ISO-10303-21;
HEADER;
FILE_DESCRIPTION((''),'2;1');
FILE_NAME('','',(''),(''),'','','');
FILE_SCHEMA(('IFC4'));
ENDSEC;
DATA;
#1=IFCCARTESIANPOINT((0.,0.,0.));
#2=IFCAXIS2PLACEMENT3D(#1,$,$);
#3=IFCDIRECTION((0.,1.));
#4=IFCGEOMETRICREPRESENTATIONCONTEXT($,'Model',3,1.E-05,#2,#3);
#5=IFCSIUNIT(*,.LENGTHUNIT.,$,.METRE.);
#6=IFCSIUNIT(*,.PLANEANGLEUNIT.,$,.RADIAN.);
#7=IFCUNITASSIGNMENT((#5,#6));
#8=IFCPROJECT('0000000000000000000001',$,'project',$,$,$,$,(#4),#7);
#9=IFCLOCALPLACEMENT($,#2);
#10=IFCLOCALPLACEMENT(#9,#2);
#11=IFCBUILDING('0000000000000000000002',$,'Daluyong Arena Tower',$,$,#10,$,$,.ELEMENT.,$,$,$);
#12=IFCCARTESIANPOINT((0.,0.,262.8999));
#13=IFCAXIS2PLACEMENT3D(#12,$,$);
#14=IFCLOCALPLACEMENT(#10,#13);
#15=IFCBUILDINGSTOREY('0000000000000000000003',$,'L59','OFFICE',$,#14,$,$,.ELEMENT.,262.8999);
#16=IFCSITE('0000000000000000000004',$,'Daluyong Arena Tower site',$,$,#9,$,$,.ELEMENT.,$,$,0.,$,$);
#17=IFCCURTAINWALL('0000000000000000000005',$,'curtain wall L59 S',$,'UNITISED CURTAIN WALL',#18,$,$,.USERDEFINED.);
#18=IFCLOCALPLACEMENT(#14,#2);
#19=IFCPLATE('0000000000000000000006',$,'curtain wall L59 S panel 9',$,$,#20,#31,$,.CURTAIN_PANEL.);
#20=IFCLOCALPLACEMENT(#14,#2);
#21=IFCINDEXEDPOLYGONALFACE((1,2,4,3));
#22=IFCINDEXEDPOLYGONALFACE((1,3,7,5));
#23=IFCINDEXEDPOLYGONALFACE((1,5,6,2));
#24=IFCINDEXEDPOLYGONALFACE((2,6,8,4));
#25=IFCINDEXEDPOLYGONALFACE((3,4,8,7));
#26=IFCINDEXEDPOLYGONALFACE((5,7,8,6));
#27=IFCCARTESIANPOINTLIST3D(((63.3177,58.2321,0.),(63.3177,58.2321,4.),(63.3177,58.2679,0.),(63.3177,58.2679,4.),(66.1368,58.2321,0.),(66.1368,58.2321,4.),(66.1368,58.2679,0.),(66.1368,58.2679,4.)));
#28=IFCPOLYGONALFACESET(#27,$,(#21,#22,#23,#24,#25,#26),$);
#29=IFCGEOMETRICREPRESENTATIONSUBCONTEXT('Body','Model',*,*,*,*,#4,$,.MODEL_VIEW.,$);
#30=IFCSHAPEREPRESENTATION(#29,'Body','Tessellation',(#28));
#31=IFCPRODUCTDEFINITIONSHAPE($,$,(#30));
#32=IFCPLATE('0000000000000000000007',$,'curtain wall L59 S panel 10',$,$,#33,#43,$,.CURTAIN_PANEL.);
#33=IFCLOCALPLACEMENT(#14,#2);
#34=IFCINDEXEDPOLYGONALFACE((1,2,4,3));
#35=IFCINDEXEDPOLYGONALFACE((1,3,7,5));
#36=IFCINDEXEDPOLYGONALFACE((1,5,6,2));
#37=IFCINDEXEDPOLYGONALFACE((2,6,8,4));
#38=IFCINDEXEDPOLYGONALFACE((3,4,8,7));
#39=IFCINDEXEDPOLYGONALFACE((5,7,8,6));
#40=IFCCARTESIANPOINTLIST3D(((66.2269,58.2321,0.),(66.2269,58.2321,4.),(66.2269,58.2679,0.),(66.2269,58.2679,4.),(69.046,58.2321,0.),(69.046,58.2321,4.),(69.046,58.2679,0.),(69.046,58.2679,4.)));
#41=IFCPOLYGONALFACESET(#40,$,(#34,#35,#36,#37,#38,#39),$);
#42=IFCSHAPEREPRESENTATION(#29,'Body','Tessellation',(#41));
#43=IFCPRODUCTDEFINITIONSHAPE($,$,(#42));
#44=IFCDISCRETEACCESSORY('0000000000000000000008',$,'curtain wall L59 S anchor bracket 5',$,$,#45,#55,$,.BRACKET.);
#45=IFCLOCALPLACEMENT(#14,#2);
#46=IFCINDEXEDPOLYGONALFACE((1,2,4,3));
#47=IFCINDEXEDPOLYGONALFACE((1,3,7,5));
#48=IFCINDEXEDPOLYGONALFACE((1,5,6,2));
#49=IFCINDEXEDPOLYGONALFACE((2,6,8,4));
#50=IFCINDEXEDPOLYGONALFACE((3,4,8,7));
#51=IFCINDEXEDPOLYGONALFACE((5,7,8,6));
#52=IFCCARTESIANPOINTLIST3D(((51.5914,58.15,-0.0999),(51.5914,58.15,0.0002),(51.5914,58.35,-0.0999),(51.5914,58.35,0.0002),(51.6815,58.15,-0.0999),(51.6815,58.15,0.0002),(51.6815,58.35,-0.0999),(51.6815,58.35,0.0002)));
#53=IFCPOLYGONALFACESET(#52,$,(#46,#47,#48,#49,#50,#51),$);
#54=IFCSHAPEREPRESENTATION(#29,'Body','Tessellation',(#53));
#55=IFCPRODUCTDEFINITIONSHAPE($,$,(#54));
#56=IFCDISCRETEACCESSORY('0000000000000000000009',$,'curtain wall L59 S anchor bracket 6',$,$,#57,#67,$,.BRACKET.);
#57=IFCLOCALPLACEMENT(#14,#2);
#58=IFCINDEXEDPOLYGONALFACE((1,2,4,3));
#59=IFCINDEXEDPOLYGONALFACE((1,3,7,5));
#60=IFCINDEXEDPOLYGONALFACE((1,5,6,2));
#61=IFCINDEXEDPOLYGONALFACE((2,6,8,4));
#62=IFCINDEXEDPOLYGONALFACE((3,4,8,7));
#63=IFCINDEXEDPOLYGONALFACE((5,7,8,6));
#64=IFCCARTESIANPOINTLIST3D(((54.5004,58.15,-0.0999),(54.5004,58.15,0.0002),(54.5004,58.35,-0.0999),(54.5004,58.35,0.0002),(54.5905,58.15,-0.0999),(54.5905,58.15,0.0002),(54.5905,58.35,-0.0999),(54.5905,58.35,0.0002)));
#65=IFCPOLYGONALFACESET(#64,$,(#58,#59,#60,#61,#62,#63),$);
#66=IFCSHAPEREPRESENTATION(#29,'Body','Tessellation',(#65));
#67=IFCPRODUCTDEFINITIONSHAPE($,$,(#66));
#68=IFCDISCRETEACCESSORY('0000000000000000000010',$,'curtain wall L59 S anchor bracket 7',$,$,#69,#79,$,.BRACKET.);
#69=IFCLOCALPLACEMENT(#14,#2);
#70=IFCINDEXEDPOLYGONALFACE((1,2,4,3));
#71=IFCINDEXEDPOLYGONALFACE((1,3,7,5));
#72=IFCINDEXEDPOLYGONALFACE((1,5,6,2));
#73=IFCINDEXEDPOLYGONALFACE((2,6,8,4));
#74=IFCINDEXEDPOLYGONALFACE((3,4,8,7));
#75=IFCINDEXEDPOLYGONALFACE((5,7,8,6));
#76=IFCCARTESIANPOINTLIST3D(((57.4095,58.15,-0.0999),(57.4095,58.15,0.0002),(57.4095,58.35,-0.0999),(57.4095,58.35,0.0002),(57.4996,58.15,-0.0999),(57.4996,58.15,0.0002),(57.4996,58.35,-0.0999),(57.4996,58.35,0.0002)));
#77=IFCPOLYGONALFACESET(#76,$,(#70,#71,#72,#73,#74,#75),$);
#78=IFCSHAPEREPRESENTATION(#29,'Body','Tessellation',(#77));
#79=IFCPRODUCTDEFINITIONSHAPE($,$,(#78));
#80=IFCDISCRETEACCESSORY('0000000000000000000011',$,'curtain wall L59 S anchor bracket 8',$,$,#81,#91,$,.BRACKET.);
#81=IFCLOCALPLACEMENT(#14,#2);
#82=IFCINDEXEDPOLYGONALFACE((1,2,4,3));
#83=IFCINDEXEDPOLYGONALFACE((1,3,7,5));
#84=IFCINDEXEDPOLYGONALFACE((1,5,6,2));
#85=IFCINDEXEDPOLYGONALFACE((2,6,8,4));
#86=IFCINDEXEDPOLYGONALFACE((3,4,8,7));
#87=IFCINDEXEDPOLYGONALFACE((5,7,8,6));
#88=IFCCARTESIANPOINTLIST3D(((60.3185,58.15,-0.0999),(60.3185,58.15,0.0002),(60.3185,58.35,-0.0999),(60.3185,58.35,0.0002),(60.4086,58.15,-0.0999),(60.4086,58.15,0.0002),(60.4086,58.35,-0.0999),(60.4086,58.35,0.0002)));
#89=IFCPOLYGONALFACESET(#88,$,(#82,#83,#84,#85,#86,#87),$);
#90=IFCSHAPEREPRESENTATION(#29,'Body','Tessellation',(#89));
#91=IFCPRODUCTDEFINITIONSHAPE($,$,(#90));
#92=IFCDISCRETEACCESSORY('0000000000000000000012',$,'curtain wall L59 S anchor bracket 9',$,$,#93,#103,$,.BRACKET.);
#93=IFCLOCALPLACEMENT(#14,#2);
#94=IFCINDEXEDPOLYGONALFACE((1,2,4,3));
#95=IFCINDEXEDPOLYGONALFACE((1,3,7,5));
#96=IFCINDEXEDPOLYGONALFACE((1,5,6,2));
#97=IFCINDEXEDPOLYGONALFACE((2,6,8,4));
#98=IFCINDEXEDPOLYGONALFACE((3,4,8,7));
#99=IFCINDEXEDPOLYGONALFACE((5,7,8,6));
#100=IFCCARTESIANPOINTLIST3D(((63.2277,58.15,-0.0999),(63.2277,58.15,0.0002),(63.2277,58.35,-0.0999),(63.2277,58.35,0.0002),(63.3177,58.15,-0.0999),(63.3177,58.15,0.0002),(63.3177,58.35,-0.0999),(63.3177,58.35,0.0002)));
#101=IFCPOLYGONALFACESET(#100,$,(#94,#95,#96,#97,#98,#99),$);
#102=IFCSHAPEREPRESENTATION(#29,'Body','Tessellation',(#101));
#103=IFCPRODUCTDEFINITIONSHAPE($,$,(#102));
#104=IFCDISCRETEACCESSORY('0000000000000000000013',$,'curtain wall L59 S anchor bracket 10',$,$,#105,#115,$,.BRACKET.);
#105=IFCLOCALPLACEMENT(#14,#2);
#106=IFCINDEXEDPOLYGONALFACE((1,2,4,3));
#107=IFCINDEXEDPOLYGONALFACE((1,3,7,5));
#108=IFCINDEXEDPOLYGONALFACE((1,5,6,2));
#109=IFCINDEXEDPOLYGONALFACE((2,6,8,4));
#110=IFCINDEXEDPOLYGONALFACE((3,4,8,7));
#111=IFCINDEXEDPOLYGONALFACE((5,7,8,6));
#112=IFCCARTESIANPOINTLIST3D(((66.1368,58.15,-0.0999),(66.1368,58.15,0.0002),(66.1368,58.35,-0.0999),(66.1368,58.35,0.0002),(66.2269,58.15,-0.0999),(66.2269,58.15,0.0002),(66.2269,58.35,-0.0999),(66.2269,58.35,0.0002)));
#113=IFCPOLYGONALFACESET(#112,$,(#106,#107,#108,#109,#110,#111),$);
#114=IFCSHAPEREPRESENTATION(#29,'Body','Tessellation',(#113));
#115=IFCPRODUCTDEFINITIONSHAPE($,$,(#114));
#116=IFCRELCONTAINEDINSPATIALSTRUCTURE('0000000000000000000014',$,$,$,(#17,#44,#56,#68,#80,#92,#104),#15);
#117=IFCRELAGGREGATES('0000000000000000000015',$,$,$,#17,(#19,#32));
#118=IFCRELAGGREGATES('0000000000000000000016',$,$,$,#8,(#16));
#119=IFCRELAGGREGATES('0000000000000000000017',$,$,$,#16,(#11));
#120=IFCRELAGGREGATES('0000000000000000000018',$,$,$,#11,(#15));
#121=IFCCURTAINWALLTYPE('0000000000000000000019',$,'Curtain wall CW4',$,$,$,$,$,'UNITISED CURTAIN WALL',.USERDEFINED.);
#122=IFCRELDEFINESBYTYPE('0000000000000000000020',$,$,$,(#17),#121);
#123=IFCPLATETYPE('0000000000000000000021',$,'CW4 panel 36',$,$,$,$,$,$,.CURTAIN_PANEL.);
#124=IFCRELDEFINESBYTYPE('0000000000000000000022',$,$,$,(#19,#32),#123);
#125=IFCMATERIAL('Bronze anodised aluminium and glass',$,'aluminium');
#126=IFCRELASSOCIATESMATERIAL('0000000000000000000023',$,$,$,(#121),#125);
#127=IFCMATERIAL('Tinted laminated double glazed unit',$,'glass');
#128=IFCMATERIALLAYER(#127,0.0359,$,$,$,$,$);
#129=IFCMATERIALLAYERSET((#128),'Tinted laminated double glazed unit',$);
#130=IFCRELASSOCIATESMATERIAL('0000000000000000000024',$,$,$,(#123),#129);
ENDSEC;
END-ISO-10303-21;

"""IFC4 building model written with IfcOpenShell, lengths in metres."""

from ifc_helpers import new_model, si_unit, direction, frame, origin, origin_2d, place, context, subcontext, project, spatial, rectangle, extrude, material, layer, layer_set, type_object, element, aggregate, save


model = new_model("IFC4")

# Units and contexts
model_context = context("Model", 3, precision=1e-05, world=origin(), true_north=direction((0.0, 1.0)))
body_context = subcontext(model_context, "Body", "Model", "MODEL_VIEW")
ifc_project = project(units=[si_unit("LENGTHUNIT", "METRE"), si_unit("PLANEANGLEUNIT", "RADIAN")], contexts=[model_context])

# Site, building, storey
site_placement = place(None, origin())
site = spatial("IfcSite", under=ifc_project, at=site_placement, Name="Daluyong Arena Tower site", CompositionType="ELEMENT", RefElevation=0.0)
building_placement = place(site_placement, origin())
building = spatial("IfcBuilding", under=site, at=building_placement, Name="Daluyong Arena Tower", CompositionType="ELEMENT")
storey_placement = place(building_placement, frame((0.0, 0.0, 262.8999)))
storey = spatial("IfcBuildingStorey", under=building, at=storey_placement, Name="L59", Description="OFFICE", CompositionType="ELEMENT", Elevation=262.8999)

# Curtain wall
ifc_material_1 = material(Name="Bronze anodised aluminium and glass", Category="aluminium")
curtain_wall_type = type_object("IfcCurtainWallType", Name="Curtain wall CW4", ElementType="UNITISED CURTAIN WALL", PredefinedType="USERDEFINED", material=ifc_material_1)
curtain_wall_placement = place(storey_placement, origin())
curtain_wall = element("IfcCurtainWall", 1, at=curtain_wall_placement, inside=storey, type_object=curtain_wall_type, Name="curtain wall L59 S", ObjectType="UNITISED CURTAIN WALL", PredefinedType="USERDEFINED")

# Plates
ifc_material_2 = material(Name="Tinted laminated double glazed unit", Category="glass")
ifc_layer = layer(ifc_material_2, 0.0359)
ifc_layer_set = layer_set([ifc_layer], Name="Tinted laminated double glazed unit")
plate_type = type_object("IfcPlateType", Name="CW4 panel 36", PredefinedType="CURTAIN_PANEL", material=ifc_layer_set)
plate_1_placement = place(storey_placement, frame((64.7273, 58.25, 0.0), z_axis=(0.0, 0.0, 1.0), x_axis=(1.0, 0.0, 0.0)))
plate_1 = element("IfcPlate", 2, at=plate_1_placement, type_object=plate_type, Name="curtain wall L59 S panel 9", PredefinedType="CURTAIN_PANEL", context=body_context, shape_type="SweptSolid", body=[
    extrude(rectangle(XDim=2.8191, YDim=0.0359, at=origin_2d()), origin(), (0.0, 0.0, 1.0), 4.0),
])
plate_2_placement = place(storey_placement, frame((67.6365, 58.25, 0.0), z_axis=(0.0, 0.0, 1.0), x_axis=(1.0, 0.0, 0.0)))
plate_2 = element("IfcPlate", 3, at=plate_2_placement, type_object=plate_type, Name="curtain wall L59 S panel 10", PredefinedType="CURTAIN_PANEL", context=body_context, shape_type="SweptSolid", body=[
    extrude(rectangle(XDim=2.8191, YDim=0.0359, at=origin_2d()), origin(), (0.0, 0.0, 1.0), 4.0),
])
aggregate(curtain_wall, [plate_1, plate_2])

# Discrete accessories
for number, where, z_axis, x_axis, name in (
    (4, (51.6365, 58.25, -0.0999), (0.0, 0.0, 1.0), (1.0, 0.0, 0.0), "curtain wall L59 S anchor bracket 5"),
    (5, (54.5454, 58.25, -0.0999), (0.0, 0.0, 1.0), (1.0, 0.0, 0.0), "curtain wall L59 S anchor bracket 6"),
    (6, (57.4546, 58.25, -0.0999), (0.0, 0.0, 1.0), (1.0, 0.0, 0.0), "curtain wall L59 S anchor bracket 7"),
    (7, (60.3635, 58.25, -0.0999), (0.0, 0.0, 1.0), (1.0, 0.0, 0.0), "curtain wall L59 S anchor bracket 8"),
    (8, (63.2727, 58.25, -0.0999), (0.0, 0.0, 1.0), (1.0, 0.0, 0.0), "curtain wall L59 S anchor bracket 9"),
    (9, (66.1819, 58.25, -0.0999), (0.0, 0.0, 1.0), (1.0, 0.0, 0.0), "curtain wall L59 S anchor bracket 10"),
):
    element("IfcDiscreteAccessory", number, at=place(storey_placement, frame(where, z_axis=z_axis, x_axis=x_axis)), inside=storey, Name=name, PredefinedType="BRACKET", context=body_context, shape_type="SweptSolid", body=[
        extrude(rectangle(XDim=0.0901, YDim=0.2, at=origin_2d()), origin(), (0.0, 0.0, 1.0), 0.1001),
    ])

save(model, "model.ifc")
